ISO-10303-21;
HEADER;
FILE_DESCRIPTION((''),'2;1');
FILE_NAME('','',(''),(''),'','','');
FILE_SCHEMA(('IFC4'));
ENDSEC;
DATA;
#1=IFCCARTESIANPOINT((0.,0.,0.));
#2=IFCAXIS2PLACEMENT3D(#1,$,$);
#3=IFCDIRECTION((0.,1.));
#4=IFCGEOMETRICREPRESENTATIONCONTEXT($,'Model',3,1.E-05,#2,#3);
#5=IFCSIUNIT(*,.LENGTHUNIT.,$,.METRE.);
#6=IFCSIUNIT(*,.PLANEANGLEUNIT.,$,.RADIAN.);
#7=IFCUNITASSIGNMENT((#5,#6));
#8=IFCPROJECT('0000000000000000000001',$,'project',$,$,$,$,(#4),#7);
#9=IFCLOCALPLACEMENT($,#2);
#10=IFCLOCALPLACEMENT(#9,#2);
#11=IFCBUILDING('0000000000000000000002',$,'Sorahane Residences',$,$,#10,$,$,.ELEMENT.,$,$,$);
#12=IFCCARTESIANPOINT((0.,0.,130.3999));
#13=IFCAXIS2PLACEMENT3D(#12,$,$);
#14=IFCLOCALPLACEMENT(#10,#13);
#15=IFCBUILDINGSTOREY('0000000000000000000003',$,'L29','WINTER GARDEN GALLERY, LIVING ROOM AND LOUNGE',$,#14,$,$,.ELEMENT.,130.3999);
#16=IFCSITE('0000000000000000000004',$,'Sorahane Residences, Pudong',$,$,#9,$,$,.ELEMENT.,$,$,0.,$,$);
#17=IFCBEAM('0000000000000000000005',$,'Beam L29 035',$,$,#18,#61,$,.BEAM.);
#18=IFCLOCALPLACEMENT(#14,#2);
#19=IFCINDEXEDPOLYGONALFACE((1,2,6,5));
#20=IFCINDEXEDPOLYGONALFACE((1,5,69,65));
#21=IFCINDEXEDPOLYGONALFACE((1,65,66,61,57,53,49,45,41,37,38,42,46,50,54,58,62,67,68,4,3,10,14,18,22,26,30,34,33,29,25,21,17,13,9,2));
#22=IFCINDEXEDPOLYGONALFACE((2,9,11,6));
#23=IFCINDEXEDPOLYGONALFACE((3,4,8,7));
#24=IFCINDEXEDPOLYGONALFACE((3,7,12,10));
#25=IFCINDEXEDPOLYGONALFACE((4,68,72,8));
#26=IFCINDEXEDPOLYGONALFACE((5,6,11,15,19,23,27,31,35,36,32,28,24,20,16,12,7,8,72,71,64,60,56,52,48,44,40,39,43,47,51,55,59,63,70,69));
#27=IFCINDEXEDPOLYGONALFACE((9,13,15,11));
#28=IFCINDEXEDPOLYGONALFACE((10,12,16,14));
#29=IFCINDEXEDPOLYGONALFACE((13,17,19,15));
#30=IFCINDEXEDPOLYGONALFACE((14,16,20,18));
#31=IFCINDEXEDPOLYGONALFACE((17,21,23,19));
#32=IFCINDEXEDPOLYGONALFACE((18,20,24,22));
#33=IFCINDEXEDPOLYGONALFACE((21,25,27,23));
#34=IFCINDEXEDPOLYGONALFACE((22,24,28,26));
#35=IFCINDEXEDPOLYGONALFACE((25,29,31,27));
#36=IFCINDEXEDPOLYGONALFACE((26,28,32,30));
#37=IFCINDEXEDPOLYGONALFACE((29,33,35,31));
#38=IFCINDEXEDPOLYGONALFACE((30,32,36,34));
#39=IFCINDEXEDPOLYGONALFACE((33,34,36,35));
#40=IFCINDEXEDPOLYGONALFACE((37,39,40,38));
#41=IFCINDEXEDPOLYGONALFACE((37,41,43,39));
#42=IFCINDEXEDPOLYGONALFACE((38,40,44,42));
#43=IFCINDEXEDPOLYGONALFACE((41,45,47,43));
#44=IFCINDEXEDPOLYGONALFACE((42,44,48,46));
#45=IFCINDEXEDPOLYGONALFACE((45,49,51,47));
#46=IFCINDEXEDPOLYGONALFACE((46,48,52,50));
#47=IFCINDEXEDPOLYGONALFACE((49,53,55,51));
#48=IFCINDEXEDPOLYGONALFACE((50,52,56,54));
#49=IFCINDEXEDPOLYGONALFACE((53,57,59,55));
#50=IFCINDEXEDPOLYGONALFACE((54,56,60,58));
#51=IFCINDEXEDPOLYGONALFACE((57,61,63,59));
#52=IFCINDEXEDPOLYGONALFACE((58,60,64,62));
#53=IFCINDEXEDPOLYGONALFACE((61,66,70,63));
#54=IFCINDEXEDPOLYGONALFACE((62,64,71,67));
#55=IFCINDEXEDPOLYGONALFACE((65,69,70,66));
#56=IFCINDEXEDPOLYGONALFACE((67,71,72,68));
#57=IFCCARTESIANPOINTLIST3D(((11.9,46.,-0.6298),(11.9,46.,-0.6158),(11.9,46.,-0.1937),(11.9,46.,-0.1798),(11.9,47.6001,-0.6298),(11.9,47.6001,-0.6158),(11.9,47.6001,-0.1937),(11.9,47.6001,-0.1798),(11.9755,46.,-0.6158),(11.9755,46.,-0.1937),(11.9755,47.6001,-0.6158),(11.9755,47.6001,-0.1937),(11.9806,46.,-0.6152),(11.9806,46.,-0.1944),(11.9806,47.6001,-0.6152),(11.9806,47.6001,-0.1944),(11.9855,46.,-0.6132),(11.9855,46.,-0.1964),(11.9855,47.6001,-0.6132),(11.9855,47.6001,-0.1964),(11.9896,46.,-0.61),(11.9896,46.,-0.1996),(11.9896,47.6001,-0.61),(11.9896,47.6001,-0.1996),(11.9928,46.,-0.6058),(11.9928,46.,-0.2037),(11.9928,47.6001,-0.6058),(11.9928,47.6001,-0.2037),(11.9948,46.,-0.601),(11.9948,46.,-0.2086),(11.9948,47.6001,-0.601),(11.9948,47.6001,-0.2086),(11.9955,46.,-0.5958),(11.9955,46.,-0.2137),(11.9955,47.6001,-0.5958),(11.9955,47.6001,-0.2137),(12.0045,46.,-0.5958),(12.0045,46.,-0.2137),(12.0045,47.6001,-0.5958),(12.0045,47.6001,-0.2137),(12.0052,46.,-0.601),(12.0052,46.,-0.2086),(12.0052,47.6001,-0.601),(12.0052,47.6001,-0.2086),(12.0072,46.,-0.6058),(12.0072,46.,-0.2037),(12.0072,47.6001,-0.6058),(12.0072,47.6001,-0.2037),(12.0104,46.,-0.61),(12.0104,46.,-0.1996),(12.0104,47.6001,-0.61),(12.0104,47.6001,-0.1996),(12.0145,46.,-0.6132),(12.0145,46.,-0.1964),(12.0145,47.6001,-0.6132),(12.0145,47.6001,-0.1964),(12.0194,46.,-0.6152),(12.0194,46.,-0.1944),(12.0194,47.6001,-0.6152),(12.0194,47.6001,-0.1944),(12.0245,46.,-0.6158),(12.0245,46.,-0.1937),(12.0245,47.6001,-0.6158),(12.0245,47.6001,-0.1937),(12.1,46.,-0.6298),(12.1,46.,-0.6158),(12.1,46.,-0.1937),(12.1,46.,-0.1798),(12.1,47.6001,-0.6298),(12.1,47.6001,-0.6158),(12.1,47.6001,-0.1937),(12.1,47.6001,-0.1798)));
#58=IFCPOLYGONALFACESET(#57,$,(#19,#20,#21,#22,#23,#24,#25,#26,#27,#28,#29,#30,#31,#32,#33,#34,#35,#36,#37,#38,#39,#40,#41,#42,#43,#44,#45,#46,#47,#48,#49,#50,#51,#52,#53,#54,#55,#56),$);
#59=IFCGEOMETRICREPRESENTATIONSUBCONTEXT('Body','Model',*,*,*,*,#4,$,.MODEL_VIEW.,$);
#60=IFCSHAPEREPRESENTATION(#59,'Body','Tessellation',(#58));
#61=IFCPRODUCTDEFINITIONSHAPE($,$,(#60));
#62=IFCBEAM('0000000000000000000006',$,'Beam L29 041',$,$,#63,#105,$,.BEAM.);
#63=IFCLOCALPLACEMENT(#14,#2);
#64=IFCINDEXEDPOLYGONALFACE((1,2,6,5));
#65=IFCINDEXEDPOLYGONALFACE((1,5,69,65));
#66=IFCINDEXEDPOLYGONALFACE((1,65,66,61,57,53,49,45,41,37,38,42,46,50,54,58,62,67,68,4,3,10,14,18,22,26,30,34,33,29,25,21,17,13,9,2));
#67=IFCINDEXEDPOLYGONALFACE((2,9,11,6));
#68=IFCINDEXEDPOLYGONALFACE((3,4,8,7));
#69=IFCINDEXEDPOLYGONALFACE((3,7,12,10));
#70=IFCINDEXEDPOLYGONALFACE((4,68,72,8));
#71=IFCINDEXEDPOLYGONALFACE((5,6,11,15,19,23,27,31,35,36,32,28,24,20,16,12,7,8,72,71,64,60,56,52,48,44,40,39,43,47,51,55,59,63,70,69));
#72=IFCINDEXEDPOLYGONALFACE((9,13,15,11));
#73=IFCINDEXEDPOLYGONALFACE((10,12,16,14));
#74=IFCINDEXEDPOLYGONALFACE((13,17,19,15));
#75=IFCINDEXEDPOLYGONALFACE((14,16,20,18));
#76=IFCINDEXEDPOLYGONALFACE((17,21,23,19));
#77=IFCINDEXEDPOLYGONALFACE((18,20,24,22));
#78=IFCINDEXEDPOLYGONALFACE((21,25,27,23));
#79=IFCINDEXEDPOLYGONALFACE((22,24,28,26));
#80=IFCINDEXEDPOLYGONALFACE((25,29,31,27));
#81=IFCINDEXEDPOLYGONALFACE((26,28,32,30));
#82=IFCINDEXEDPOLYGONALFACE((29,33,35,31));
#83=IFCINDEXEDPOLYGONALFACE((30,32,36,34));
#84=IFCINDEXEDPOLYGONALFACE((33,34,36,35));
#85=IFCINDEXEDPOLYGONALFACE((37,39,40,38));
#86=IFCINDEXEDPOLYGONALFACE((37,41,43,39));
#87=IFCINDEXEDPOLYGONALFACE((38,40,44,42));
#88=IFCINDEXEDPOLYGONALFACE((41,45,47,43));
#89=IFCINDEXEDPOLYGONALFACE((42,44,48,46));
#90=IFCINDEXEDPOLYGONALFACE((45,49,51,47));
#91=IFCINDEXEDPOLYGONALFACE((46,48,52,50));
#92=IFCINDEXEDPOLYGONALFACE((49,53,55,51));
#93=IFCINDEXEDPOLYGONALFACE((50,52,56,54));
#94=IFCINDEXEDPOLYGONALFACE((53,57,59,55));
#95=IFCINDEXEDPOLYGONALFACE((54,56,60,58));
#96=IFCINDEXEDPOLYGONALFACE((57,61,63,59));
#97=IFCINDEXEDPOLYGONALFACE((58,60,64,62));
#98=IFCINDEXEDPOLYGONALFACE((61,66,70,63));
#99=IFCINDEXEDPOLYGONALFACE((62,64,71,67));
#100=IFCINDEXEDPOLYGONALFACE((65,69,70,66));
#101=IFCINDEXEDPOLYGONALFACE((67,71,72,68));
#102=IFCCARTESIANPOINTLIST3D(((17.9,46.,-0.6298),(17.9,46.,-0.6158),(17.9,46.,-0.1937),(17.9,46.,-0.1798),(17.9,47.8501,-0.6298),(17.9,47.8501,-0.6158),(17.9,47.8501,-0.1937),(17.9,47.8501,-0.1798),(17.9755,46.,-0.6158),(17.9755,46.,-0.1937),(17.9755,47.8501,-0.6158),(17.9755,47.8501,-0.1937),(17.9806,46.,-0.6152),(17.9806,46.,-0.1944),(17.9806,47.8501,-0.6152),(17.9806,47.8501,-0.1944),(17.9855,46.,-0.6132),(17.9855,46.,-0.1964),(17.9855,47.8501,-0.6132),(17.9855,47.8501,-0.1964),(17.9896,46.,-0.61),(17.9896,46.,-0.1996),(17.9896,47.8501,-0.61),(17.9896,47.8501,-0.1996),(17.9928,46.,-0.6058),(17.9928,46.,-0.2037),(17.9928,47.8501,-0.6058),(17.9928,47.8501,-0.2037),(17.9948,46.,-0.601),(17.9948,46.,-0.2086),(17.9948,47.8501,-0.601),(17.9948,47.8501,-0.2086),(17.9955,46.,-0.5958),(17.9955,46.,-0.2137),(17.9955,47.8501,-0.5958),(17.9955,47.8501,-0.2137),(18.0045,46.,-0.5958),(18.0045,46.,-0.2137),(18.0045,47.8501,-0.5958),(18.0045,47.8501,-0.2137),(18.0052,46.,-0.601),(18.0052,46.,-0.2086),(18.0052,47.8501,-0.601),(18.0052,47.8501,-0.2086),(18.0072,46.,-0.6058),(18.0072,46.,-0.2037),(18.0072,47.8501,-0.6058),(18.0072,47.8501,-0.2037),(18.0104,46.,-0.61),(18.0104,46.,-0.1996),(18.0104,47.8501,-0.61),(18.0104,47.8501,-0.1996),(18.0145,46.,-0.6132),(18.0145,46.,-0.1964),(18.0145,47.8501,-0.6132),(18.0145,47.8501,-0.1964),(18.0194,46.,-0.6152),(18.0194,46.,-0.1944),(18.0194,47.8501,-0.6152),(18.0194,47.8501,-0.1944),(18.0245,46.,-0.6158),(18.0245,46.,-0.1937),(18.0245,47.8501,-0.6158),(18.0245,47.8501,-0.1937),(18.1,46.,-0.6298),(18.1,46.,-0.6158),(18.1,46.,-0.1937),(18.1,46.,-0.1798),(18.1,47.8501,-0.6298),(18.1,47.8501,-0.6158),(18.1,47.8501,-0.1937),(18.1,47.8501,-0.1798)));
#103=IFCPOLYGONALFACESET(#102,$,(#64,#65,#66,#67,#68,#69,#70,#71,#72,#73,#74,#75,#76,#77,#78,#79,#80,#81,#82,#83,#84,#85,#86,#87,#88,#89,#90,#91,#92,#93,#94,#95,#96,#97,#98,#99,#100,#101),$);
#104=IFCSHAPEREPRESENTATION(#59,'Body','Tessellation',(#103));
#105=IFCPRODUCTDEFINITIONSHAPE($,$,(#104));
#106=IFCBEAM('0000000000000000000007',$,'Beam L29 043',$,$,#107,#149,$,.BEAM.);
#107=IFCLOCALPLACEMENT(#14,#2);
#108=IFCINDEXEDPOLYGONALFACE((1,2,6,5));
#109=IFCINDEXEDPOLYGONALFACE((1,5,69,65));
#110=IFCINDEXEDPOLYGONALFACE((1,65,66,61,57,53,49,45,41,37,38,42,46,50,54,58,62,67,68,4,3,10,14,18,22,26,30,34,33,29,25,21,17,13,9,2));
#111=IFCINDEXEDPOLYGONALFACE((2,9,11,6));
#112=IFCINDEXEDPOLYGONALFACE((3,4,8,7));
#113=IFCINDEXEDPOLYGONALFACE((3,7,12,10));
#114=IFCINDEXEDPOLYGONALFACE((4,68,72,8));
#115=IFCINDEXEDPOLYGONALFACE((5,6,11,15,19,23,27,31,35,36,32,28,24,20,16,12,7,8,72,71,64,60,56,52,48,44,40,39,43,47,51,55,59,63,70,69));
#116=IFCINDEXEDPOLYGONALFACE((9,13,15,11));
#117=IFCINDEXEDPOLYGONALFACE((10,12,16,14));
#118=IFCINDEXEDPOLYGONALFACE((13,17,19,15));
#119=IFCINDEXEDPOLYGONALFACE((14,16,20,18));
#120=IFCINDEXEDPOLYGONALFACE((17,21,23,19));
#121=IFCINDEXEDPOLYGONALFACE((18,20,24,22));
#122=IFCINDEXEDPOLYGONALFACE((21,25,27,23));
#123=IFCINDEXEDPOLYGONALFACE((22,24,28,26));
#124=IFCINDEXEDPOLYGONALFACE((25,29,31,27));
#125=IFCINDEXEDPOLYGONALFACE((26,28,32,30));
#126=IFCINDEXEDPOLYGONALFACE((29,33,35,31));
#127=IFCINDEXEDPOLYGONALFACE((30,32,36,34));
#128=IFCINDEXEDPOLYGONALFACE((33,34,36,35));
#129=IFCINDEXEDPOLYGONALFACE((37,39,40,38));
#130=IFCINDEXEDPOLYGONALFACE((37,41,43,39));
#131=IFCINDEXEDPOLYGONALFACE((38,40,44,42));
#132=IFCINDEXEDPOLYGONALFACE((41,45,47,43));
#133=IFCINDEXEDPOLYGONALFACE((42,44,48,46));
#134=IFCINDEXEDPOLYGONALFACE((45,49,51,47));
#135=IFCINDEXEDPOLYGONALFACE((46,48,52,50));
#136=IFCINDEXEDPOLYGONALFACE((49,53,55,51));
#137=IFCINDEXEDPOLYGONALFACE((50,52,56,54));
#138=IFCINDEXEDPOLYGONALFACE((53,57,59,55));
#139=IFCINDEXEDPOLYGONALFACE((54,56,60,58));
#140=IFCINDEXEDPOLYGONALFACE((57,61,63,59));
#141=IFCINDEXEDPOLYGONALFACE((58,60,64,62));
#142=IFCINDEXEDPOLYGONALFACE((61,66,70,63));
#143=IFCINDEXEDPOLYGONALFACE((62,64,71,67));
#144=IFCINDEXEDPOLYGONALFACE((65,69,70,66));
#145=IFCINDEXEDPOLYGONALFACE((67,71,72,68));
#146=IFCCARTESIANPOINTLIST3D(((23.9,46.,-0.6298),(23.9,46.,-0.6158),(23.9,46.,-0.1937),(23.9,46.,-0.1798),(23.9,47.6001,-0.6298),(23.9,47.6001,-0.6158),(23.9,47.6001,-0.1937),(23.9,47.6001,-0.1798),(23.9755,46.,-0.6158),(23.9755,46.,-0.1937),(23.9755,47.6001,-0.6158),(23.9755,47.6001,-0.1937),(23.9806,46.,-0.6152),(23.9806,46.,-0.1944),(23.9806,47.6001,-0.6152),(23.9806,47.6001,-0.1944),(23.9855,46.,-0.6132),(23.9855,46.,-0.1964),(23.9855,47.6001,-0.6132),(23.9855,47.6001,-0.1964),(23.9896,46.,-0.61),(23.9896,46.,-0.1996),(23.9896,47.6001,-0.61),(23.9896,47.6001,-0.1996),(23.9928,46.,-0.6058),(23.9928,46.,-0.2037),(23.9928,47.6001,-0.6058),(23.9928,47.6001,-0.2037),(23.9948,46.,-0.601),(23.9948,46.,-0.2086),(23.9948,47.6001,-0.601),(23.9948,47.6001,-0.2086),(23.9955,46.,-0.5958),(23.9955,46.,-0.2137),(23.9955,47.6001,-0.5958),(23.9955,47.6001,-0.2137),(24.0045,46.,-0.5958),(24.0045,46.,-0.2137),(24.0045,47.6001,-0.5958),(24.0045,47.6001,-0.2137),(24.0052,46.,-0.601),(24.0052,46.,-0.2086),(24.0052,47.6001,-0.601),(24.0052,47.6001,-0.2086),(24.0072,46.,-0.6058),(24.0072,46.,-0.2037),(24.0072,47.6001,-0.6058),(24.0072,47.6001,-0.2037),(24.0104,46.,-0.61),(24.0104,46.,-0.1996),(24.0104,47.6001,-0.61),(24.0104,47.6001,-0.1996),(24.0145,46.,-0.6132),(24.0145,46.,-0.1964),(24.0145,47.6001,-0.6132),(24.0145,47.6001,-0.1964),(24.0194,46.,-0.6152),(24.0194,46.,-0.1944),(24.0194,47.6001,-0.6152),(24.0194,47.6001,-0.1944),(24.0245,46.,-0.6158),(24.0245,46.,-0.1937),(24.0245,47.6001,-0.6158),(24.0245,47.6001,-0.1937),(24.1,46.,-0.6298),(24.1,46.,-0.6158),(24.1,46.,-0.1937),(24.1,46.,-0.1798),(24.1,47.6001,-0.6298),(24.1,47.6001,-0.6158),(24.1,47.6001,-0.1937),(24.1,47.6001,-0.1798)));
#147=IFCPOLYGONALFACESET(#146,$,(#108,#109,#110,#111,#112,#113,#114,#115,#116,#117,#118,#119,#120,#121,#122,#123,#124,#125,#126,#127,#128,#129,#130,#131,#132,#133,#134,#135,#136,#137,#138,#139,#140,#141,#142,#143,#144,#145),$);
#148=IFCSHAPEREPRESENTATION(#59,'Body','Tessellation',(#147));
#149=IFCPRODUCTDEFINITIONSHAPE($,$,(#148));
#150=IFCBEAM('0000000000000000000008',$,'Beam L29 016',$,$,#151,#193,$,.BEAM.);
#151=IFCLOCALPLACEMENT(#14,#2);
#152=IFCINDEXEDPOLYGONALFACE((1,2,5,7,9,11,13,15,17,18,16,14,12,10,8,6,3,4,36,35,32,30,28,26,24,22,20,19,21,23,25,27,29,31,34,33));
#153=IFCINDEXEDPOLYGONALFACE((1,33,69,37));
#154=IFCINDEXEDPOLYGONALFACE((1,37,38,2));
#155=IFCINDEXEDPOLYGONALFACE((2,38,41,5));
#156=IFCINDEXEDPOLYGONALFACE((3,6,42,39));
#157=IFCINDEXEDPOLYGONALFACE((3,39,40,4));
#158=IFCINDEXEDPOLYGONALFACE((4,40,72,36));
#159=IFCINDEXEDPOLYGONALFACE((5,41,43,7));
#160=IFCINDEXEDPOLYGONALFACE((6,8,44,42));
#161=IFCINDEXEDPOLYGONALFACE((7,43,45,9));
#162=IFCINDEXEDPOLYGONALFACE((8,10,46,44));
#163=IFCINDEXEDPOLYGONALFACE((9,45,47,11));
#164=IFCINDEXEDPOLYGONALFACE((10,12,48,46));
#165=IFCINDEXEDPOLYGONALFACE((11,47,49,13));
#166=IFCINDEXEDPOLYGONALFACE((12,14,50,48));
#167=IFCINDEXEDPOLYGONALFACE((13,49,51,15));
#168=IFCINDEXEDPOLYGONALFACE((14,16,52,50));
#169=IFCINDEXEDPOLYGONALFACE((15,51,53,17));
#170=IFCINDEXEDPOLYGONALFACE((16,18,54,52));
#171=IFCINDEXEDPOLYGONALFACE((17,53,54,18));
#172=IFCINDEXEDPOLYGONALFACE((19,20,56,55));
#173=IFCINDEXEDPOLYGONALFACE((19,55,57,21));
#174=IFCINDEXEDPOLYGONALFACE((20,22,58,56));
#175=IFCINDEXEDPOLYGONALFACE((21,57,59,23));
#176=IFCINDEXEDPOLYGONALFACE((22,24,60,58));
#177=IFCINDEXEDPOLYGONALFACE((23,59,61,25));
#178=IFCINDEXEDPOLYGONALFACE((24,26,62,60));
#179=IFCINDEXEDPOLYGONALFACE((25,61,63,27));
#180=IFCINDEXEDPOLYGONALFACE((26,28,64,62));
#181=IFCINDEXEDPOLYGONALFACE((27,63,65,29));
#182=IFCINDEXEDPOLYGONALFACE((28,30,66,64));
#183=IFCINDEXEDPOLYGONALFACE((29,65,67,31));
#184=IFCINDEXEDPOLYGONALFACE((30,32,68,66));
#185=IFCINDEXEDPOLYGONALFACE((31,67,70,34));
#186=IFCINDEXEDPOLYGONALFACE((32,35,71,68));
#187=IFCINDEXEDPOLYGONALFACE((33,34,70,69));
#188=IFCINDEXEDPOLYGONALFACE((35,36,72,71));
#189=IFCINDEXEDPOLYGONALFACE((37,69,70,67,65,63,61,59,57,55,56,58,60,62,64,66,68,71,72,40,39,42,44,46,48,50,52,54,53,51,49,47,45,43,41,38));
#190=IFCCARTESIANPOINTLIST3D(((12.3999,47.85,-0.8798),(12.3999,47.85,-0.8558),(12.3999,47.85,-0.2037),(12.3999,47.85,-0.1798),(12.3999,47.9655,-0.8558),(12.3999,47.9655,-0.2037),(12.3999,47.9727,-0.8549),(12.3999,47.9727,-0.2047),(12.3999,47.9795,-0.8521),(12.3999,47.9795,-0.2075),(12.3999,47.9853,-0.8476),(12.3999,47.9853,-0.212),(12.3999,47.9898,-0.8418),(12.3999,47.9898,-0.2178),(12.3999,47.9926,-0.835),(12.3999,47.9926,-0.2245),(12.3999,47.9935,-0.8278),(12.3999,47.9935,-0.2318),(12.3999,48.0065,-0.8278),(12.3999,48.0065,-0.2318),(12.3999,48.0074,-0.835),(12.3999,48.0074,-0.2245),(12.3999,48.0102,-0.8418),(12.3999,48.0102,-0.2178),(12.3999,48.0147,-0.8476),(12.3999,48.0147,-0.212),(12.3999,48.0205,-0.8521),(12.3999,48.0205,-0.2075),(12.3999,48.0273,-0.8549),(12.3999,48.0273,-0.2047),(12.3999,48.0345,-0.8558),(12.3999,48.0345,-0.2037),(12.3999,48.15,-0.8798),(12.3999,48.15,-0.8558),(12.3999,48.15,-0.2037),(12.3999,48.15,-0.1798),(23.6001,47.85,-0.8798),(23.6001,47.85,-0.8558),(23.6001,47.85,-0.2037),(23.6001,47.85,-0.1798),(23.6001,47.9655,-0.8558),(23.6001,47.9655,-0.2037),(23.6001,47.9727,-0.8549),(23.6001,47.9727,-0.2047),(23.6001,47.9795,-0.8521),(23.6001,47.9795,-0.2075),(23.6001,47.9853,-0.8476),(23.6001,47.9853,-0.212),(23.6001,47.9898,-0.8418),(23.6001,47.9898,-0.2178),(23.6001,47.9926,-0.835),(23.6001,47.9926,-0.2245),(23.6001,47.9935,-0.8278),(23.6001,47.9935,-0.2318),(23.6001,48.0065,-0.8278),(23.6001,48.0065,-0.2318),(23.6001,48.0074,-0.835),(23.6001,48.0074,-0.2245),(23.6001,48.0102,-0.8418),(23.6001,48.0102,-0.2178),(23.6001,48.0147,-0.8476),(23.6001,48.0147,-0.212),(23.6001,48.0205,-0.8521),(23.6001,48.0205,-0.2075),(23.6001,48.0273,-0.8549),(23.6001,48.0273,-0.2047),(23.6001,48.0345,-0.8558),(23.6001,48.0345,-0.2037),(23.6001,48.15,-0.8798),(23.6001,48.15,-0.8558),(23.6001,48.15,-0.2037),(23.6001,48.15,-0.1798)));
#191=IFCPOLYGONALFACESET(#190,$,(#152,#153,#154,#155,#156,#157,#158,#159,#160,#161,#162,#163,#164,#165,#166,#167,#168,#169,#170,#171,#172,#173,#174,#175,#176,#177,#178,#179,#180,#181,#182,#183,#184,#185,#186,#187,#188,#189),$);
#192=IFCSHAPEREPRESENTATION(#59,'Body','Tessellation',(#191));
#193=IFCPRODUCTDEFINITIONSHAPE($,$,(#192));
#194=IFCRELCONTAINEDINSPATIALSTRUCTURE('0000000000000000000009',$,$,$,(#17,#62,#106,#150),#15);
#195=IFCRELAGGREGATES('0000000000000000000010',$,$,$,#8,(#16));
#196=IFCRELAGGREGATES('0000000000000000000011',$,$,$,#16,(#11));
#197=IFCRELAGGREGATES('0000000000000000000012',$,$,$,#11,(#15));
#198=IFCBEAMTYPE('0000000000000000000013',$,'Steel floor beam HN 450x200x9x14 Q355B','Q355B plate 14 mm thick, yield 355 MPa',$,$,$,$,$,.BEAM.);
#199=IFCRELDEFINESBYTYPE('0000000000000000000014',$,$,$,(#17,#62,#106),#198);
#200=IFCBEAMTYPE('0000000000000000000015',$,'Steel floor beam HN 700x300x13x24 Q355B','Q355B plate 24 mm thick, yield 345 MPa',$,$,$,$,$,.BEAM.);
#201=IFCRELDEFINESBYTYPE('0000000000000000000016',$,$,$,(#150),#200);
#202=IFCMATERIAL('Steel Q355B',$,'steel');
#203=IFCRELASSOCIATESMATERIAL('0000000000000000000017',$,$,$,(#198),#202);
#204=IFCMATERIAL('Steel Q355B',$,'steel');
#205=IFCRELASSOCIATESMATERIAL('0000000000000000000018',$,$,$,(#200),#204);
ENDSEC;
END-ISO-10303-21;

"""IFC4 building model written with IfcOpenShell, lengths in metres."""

from ifc_helpers import new_model, si_unit, direction, frame, origin, origin_2d, place, context, subcontext, project, spatial, i_section, extrude, material, material_profile, profile_set, type_object, element, save


model = new_model("IFC4")

# Units and contexts
model_context = context("Model", 3, precision=1e-05, world=origin(), true_north=direction((0.0, 1.0)))
body_context = subcontext(model_context, "Body", "Model", "MODEL_VIEW")
ifc_project = project(units=[si_unit("LENGTHUNIT", "METRE"), si_unit("PLANEANGLEUNIT", "RADIAN")], contexts=[model_context])

# Site, building, storey
site_placement = place(None, origin())
site = spatial("IfcSite", under=ifc_project, at=site_placement, Name="Sorahane Residences, Pudong", CompositionType="ELEMENT", RefElevation=0.0)
building_placement = place(site_placement, origin())
building = spatial("IfcBuilding", under=site, at=building_placement, Name="Sorahane Residences", CompositionType="ELEMENT")
storey_placement = place(building_placement, frame((0.0, 0.0, 130.3999)))
storey = spatial("IfcBuildingStorey", under=building, at=storey_placement, Name="L29", Description="WINTER GARDEN GALLERY, LIVING ROOM AND LOUNGE", CompositionType="ELEMENT", Elevation=130.3999)

# Beams
ifc_material_1 = material(Name="Steel Q355B", Category="steel")
ifc_material_profile_1 = material_profile(ifc_material_1, i_section(OverallWidth=0.2, OverallDepth=0.45, WebThickness=0.009, FlangeThickness=0.0139, FilletRadius=0.02, at=origin_2d()), Name="HN 450x200x9x14")
ifc_profile_set_1 = profile_set([ifc_material_profile_1], Name="Steel Q355B")
beam_type_1 = type_object("IfcBeamType", Name="Steel floor beam HN 450x200x9x14 Q355B", Description="Q355B plate 14 mm thick, yield 355 MPa", PredefinedType="BEAM", material=ifc_profile_set_1)
beam_1_placement = place(storey_placement, frame((12.0, 46.0, -0.4048), z_axis=(0.0, 1.0, 0.0), x_axis=(-1.0, 0.0, 0.0)))
element("IfcBeam", 1, at=beam_1_placement, inside=storey, type_object=beam_type_1, Name="Beam L29 035", PredefinedType="BEAM", context=body_context, shape_type="SweptSolid", body=[
    extrude(i_section(OverallWidth=0.2, OverallDepth=0.45, WebThickness=0.009, FlangeThickness=0.0139, FilletRadius=0.02, at=origin_2d()), origin(), (0.0, 0.0, 1.0), 1.6001),
])
beam_2_placement = place(storey_placement, frame((18.0, 46.0, -0.4048), z_axis=(0.0, 1.0, 0.0), x_axis=(-1.0, 0.0, 0.0)))
element("IfcBeam", 2, at=beam_2_placement, inside=storey, type_object=beam_type_1, Name="Beam L29 041", PredefinedType="BEAM", context=body_context, shape_type="SweptSolid", body=[
    extrude(i_section(OverallWidth=0.2, OverallDepth=0.45, WebThickness=0.009, FlangeThickness=0.0139, FilletRadius=0.02, at=origin_2d()), origin(), (0.0, 0.0, 1.0), 1.8501),
])
beam_3_placement = place(storey_placement, frame((24.0, 46.0, -0.4048), z_axis=(0.0, 1.0, 0.0), x_axis=(-1.0, 0.0, 0.0)))
element("IfcBeam", 3, at=beam_3_placement, inside=storey, type_object=beam_type_1, Name="Beam L29 043", PredefinedType="BEAM", context=body_context, shape_type="SweptSolid", body=[
    extrude(i_section(OverallWidth=0.2, OverallDepth=0.45, WebThickness=0.009, FlangeThickness=0.0139, FilletRadius=0.02, at=origin_2d()), origin(), (0.0, 0.0, 1.0), 1.6001),
])
ifc_material_2 = material(Name="Steel Q355B", Category="steel")
ifc_material_profile_2 = material_profile(ifc_material_2, i_section(OverallWidth=0.3, OverallDepth=0.7, WebThickness=0.0129, FlangeThickness=0.0239, FilletRadius=0.0281, at=origin_2d()), Name="HN 700x300x13x24")
ifc_profile_set_2 = profile_set([ifc_material_profile_2], Name="Steel Q355B")
beam_type_2 = type_object("IfcBeamType", Name="Steel floor beam HN 700x300x13x24 Q355B", Description="Q355B plate 24 mm thick, yield 345 MPa", PredefinedType="BEAM", material=ifc_profile_set_2)
for number, where, z_axis, x_axis, name in (
    (4, (12.3999, 48.0, -0.5298), (1.0, 0.0, 0.0), (0.0, 1.0, 0.0), "Beam L29 016"),
):
    element("IfcBeam", number, at=place(storey_placement, frame(where, z_axis=z_axis, x_axis=x_axis)), inside=storey, type_object=beam_type_2, Name=name, PredefinedType="BEAM", context=body_context, shape_type="SweptSolid", body=[
        extrude(i_section(OverallWidth=0.3, OverallDepth=0.7, WebThickness=0.0129, FlangeThickness=0.0239, FilletRadius=0.0281, at=origin_2d()), origin(), (0.0, 0.0, 1.0), 11.2002),
    ])

save(model, "model.ifc")
